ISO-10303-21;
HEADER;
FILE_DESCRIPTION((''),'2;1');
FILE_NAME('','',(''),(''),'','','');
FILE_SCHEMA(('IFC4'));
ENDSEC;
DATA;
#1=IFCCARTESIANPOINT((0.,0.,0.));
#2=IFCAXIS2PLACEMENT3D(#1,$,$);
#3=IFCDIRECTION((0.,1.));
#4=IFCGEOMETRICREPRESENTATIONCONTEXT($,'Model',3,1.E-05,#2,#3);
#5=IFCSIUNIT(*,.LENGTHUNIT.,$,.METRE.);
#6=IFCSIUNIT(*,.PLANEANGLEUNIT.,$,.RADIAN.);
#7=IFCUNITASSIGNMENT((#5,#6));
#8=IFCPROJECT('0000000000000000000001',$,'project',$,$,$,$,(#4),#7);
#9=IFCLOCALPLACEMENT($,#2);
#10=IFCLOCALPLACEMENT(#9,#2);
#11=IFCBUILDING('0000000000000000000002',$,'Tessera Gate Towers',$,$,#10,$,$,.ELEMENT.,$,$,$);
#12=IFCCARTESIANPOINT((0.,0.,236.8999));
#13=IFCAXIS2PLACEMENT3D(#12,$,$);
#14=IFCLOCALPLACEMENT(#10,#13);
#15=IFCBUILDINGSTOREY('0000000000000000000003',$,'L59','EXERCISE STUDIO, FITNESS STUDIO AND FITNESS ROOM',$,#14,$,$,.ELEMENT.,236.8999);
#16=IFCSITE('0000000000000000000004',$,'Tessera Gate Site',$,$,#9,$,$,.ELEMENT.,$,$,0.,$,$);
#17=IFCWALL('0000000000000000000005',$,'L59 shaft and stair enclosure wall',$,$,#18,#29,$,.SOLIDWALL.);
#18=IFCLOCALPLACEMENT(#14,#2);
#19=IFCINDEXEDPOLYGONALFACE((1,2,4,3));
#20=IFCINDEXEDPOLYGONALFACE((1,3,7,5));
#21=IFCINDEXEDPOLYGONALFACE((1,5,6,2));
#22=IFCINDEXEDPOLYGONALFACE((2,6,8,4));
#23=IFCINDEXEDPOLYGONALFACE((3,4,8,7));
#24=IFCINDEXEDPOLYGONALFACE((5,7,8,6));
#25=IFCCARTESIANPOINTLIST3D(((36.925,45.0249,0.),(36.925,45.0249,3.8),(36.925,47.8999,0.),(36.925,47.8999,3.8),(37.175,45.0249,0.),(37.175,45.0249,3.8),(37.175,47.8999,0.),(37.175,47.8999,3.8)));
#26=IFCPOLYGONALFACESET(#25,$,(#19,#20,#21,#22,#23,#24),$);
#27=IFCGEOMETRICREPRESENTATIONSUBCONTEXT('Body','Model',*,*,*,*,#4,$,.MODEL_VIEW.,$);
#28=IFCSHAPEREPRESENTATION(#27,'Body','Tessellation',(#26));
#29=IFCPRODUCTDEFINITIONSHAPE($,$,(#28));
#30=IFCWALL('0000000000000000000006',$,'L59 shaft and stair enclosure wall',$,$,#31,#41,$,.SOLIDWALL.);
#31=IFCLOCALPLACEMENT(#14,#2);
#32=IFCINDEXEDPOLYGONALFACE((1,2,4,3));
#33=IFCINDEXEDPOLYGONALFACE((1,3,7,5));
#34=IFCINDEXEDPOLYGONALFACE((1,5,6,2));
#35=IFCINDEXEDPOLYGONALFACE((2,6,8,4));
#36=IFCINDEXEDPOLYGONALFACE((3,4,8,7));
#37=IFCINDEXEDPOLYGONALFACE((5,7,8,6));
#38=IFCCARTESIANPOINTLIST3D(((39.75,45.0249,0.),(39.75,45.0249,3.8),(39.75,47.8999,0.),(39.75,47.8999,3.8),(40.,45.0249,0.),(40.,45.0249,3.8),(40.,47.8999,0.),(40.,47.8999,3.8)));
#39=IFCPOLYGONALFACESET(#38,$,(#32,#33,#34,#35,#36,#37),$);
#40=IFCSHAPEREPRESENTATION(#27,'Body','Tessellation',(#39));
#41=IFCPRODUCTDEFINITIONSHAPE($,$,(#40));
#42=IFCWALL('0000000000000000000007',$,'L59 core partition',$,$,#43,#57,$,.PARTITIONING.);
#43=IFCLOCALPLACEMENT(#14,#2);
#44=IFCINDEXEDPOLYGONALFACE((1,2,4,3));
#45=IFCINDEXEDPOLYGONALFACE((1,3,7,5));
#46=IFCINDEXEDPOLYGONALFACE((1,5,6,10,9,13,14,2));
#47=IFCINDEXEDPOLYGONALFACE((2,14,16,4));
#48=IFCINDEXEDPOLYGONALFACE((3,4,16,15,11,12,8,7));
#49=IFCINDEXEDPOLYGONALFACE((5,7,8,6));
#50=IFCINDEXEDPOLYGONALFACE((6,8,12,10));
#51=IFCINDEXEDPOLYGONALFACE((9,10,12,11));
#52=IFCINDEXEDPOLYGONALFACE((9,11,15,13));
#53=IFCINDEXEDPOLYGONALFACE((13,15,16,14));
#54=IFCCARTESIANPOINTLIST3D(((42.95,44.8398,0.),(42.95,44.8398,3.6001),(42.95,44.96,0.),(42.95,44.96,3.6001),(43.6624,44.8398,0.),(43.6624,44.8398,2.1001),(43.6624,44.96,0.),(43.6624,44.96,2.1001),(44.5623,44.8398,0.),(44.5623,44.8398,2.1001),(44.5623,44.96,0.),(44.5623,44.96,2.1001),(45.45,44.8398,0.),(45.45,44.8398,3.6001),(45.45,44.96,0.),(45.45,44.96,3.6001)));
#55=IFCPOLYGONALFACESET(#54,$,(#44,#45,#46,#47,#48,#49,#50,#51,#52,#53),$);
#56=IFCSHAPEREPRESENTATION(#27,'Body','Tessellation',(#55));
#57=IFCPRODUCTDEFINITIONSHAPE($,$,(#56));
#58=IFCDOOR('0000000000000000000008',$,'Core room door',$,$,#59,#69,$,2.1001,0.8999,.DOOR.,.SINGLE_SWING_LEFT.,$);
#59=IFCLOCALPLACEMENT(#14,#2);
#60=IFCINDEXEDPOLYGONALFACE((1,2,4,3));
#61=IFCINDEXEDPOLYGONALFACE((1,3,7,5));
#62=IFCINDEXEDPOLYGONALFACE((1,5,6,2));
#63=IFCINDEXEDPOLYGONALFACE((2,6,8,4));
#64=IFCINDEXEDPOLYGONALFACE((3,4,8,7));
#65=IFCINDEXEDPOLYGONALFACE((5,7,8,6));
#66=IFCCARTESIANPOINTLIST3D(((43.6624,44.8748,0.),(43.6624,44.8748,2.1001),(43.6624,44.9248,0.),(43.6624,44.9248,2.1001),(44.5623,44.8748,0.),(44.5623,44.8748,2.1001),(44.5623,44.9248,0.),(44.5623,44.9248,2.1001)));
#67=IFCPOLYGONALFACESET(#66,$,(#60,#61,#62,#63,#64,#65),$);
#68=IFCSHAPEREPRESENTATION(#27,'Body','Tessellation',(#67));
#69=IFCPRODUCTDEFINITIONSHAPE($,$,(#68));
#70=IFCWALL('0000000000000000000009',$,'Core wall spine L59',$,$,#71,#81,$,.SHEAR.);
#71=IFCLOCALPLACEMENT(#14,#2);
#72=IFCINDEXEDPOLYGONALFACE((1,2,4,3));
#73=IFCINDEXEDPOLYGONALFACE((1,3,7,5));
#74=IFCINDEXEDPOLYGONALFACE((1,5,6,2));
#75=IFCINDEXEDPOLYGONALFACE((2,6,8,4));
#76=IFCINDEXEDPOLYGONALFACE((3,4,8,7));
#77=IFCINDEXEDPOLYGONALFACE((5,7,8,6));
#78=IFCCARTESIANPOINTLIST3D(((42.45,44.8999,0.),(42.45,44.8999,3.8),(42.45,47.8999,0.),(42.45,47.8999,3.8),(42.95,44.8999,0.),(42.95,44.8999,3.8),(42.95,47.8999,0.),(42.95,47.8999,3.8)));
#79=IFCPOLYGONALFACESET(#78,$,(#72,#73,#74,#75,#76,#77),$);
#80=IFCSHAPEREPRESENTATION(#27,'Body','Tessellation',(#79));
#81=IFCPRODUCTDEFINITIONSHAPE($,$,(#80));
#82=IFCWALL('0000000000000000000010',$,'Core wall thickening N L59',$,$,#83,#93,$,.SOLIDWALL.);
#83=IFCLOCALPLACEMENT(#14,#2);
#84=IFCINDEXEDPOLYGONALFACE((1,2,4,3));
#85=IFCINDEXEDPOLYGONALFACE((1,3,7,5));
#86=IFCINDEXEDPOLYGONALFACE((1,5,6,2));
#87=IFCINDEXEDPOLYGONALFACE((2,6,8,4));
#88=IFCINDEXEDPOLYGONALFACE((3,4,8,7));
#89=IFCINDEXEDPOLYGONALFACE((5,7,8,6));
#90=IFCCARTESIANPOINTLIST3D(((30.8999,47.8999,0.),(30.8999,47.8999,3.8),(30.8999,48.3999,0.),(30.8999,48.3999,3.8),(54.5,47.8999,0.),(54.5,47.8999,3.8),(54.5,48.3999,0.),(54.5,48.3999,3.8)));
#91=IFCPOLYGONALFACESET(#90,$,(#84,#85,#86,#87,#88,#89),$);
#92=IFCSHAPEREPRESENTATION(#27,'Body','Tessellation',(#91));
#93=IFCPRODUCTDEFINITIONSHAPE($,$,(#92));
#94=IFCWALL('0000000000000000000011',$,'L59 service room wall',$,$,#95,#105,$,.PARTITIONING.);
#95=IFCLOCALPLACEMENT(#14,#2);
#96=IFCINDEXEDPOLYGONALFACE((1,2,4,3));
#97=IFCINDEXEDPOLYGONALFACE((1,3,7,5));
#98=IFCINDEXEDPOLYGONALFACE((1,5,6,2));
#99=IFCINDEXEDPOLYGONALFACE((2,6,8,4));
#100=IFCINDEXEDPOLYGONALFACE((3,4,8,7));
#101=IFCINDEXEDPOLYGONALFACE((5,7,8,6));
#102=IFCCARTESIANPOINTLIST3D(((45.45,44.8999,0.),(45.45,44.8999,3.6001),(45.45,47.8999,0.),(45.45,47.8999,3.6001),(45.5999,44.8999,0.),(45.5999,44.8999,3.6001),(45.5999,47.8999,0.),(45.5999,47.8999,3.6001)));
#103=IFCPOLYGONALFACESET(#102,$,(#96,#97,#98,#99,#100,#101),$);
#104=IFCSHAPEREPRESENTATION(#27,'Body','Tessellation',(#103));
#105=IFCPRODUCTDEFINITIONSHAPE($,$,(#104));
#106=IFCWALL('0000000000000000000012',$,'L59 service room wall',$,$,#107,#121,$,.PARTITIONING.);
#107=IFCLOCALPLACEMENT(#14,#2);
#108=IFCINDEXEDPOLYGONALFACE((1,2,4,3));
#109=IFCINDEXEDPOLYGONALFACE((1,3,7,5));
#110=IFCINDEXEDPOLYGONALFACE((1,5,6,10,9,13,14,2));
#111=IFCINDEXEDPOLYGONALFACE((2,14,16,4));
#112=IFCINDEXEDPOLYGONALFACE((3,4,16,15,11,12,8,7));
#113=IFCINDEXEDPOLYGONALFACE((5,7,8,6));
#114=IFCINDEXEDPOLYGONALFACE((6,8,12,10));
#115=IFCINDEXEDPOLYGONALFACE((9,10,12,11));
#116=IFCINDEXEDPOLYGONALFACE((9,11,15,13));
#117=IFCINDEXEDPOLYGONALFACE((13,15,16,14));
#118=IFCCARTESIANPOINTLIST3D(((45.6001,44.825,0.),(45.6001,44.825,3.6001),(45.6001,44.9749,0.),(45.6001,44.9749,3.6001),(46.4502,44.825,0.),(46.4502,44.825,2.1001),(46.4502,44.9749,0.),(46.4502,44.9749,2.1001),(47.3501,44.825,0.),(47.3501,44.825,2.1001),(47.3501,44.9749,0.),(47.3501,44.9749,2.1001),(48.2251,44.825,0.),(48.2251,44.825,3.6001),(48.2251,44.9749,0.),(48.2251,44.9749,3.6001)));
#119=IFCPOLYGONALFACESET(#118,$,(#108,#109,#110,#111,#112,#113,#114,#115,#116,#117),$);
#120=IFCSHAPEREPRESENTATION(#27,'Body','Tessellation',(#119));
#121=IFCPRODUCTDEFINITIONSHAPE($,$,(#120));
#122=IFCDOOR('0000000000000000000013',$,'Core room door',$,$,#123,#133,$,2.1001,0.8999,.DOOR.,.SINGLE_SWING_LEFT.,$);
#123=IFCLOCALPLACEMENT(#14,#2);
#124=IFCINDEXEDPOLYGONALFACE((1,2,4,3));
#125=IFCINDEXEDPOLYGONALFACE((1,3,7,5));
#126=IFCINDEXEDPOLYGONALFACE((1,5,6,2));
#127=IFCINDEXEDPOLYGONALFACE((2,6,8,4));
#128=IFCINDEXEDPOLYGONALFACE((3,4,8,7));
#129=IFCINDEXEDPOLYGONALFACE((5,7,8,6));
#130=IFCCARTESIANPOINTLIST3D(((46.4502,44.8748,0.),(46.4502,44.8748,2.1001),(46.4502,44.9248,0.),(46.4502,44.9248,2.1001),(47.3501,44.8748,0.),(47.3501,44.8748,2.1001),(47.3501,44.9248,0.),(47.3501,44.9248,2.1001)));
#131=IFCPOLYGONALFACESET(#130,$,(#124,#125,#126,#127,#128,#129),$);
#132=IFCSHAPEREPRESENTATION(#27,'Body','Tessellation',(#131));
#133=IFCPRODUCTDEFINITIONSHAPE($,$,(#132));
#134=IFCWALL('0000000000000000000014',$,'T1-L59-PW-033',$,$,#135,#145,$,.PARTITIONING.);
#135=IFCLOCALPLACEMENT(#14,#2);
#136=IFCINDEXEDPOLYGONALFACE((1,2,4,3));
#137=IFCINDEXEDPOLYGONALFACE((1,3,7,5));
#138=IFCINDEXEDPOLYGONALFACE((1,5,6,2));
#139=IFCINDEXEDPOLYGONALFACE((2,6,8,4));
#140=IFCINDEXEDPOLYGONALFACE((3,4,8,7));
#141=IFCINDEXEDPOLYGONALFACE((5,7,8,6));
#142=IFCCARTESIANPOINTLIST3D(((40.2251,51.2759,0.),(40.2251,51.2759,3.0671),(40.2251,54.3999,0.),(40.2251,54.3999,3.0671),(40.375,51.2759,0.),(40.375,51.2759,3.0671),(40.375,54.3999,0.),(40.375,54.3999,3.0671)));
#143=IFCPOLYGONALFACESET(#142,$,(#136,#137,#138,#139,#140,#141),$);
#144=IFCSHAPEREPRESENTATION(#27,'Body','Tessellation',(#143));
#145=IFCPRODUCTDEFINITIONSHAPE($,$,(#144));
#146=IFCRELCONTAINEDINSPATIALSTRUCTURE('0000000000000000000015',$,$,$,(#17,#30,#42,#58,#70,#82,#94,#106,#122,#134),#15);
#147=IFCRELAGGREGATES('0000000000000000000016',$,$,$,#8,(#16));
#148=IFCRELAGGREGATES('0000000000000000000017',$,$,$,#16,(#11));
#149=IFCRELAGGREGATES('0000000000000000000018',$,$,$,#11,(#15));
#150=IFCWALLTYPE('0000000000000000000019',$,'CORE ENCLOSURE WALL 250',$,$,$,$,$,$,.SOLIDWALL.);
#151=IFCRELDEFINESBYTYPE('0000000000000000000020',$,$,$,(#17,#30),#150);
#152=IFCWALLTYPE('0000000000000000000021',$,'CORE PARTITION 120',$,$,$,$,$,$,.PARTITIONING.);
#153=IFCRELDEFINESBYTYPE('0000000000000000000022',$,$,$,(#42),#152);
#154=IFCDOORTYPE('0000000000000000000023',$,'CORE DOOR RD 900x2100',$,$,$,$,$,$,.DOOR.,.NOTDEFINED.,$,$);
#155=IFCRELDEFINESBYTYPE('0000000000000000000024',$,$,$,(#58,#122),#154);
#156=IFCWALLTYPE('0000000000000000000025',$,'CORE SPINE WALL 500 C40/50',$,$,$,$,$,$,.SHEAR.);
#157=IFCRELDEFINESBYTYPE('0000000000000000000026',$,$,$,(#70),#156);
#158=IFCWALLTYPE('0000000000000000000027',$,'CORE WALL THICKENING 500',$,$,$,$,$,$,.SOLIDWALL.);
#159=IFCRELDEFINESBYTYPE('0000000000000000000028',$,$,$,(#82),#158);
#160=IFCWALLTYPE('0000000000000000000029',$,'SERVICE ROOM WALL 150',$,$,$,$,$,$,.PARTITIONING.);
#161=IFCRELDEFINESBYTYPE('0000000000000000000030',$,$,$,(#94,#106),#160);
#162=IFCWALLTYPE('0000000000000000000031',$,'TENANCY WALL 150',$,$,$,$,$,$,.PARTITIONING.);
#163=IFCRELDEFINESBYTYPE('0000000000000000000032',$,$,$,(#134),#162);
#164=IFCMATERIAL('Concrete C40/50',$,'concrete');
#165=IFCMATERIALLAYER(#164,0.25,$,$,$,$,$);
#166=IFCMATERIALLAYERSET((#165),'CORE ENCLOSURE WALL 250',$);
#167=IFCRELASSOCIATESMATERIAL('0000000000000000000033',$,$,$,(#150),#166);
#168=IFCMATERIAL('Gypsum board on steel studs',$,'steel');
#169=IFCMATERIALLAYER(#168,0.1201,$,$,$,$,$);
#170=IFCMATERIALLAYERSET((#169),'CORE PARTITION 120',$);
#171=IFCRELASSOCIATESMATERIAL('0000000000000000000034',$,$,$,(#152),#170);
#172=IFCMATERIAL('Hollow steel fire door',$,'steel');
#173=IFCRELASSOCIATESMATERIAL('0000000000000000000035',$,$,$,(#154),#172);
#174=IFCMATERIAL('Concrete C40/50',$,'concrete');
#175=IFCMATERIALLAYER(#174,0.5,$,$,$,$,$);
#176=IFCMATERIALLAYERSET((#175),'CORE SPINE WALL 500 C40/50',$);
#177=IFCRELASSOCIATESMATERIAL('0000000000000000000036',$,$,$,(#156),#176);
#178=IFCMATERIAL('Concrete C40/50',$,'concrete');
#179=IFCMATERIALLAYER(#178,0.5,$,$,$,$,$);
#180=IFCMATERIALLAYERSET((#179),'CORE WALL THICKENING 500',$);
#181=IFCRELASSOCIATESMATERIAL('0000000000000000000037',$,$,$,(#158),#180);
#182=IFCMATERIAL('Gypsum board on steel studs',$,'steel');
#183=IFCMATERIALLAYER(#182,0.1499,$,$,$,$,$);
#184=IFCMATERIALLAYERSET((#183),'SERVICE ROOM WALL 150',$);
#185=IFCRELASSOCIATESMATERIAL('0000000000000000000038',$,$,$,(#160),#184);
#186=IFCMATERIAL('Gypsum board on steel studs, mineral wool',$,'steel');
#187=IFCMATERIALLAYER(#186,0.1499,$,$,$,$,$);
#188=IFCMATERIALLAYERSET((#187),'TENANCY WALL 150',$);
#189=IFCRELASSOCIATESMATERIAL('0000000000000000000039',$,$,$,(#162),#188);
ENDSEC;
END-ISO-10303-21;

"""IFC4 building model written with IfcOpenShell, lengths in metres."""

from ifc_helpers import new_model, si_unit, direction, frame, frame_2d, origin, place, context, subcontext, project, spatial, rectangle, extrude, source, transform, mapped, material, layer, layer_set, type_object, element, fill, save


model = new_model("IFC4")

# Units and contexts
model_context = context("Model", 3, precision=1e-05, world=origin(), true_north=direction((0.0, 1.0)))
body_context = subcontext(model_context, "Body", "Model", "MODEL_VIEW")
ifc_project = project(units=[si_unit("LENGTHUNIT", "METRE"), si_unit("PLANEANGLEUNIT", "RADIAN")], contexts=[model_context])

# Site, building, storey
site_placement = place(None, origin())
site = spatial("IfcSite", under=ifc_project, at=site_placement, Name="Tessera Gate Site", CompositionType="ELEMENT", RefElevation=0.0)
building_placement = place(site_placement, origin())
building = spatial("IfcBuilding", under=site, at=building_placement, Name="Tessera Gate Towers", CompositionType="ELEMENT")
storey_placement = place(building_placement, frame((0.0, 0.0, 236.8999)))
storey = spatial("IfcBuildingStorey", under=building, at=storey_placement, Name="L59", Description="EXERCISE STUDIO, FITNESS STUDIO AND FITNESS ROOM", CompositionType="ELEMENT", Elevation=236.8999)

# Shared definitions
ifc_material_1 = material(Name="Concrete C40/50", Category="concrete")
ifc_layer_1 = layer(ifc_material_1, 0.25)
ifc_layer_set_1 = layer_set([ifc_layer_1], Name="CORE ENCLOSURE WALL 250")
wall_type_1 = type_object("IfcWallType", Name="CORE ENCLOSURE WALL 250", PredefinedType="SOLIDWALL", material=ifc_layer_set_1)

# Walls
for number, where, z_axis, x_axis, name in (
    (1, (37.05, 45.0249, 0.0), (0.0, 0.0, 1.0), (0.0, 1.0, 0.0), "L59 shaft and stair enclosure wall"),
    (2, (39.875, 45.0249, 0.0), (0.0, 0.0, 1.0), (0.0, 1.0, 0.0), "L59 shaft and stair enclosure wall"),
):
    element("IfcWall", number, at=place(storey_placement, frame(where, z_axis=z_axis, x_axis=x_axis)), inside=storey, type_object=wall_type_1, Name=name, PredefinedType="SOLIDWALL", context=body_context, shape_type="SweptSolid", body=[
        extrude(rectangle(XDim=2.875, YDim=0.25, at=frame_2d((1.4375, 0.0))), origin(), (0.0, 0.0, 1.0), 3.8),
    ])

# Wall, opening, door
ifc_material_2 = material(Name="Gypsum board on steel studs", Category="steel")
ifc_layer_2 = layer(ifc_material_2, 0.1201)
ifc_layer_set_2 = layer_set([ifc_layer_2], Name="CORE PARTITION 120")
wall_type_2 = type_object("IfcWallType", Name="CORE PARTITION 120", PredefinedType="PARTITIONING", material=ifc_layer_set_2)
wall_1_placement = place(storey_placement, frame((42.95, 44.8999, 0.0), z_axis=(0.0, 0.0, 1.0), x_axis=(1.0, 0.0, 0.0)))
wall_1 = element("IfcWall", 3, at=wall_1_placement, inside=storey, type_object=wall_type_2, Name="L59 core partition", PredefinedType="PARTITIONING", context=body_context, shape_type="SweptSolid", body=[
    extrude(rectangle(XDim=2.5, YDim=0.1201, at=frame_2d((1.25, 0.0))), origin(), (0.0, 0.0, 1.0), 3.6001),
])
shared_shape_1 = source(origin(), body_context, "Body", "SweptSolid", [
    extrude(rectangle(XDim=0.8999, YDim=2.1001, at=frame_2d((0.45, 1.05))), frame((0.0, 0.0701, 0.0), z_axis=(0.0, -1.0, 0.0), x_axis=(1.0, 0.0, 0.0)), (0.0, 0.0, 1.0), 0.1401),
])
opening_1_placement = place(wall_1_placement, frame((0.7124, 0.0, 0.0)))
opening_1 = element("IfcOpeningElement", 4, at=opening_1_placement, cuts=wall_1, PredefinedType="OPENING", context=body_context, shape_type="MappedRepresentation", body=[
    mapped(shared_shape_1, transform((0.0, 0.0, 0.0), scale=1.0)),
])
ifc_material_3 = material(Name="Hollow steel fire door", Category="steel")
door_type_1 = type_object("IfcDoorType", Name="CORE DOOR RD 900x2100", OperationType="NOTDEFINED", PredefinedType="DOOR", material=ifc_material_3)
shared_shape_2 = source(origin(), body_context, "Body", "SweptSolid", [
    extrude(rectangle(XDim=0.8999, YDim=2.1001, at=frame_2d((0.45, 1.05))), frame((0.0, 0.0249, 0.0), z_axis=(0.0, -1.0, 0.0), x_axis=(1.0, 0.0, 0.0)), (0.0, 0.0, 1.0), 0.05),
])
door_1_placement = place(opening_1_placement, origin())
door_1 = element("IfcDoor", 5, at=door_1_placement, inside=storey, type_object=door_type_1, Name="Core room door", OperationType="SINGLE_SWING_LEFT", OverallHeight=2.1001, OverallWidth=0.8999, PredefinedType="DOOR", context=body_context, shape_type="MappedRepresentation", body=[
    mapped(shared_shape_2, transform((0.0, 0.0, 0.0), scale=1.0)),
])
fill(opening_1, door_1)

# Walls
ifc_material_4 = material(Name="Concrete C40/50", Category="concrete")
ifc_layer_3 = layer(ifc_material_4, 0.5)
ifc_layer_set_3 = layer_set([ifc_layer_3], Name="CORE SPINE WALL 500 C40/50")
wall_type_3 = type_object("IfcWallType", Name="CORE SPINE WALL 500 C40/50", PredefinedType="SHEAR", material=ifc_layer_set_3)
wall_2_placement = place(storey_placement, frame((42.7, 44.8999, 0.0), z_axis=(0.0, 0.0, 1.0), x_axis=(0.0, 1.0, 0.0)))
element("IfcWall", 6, at=wall_2_placement, inside=storey, type_object=wall_type_3, Name="Core wall spine L59", PredefinedType="SHEAR", context=body_context, shape_type="SweptSolid", body=[
    extrude(rectangle(XDim=3.0, YDim=0.5, at=frame_2d((1.5, 0.0))), origin(), (0.0, 0.0, 1.0), 3.8),
])
ifc_material_5 = material(Name="Concrete C40/50", Category="concrete")
ifc_layer_4 = layer(ifc_material_5, 0.5)
ifc_layer_set_4 = layer_set([ifc_layer_4], Name="CORE WALL THICKENING 500")
wall_type_4 = type_object("IfcWallType", Name="CORE WALL THICKENING 500", PredefinedType="SOLIDWALL", material=ifc_layer_set_4)
wall_3_placement = place(storey_placement, frame((30.8999, 48.1499, 0.0), z_axis=(0.0, 0.0, 1.0), x_axis=(1.0, 0.0, 0.0)))
element("IfcWall", 7, at=wall_3_placement, inside=storey, type_object=wall_type_4, Name="Core wall thickening N L59", PredefinedType="SOLIDWALL", context=body_context, shape_type="SweptSolid", body=[
    extrude(rectangle(XDim=23.6001, YDim=0.5, at=frame_2d((11.8, 0.0))), origin(), (0.0, 0.0, 1.0), 3.8),
])
ifc_material_6 = material(Name="Gypsum board on steel studs", Category="steel")
ifc_layer_5 = layer(ifc_material_6, 0.1499)
ifc_layer_set_5 = layer_set([ifc_layer_5], Name="SERVICE ROOM WALL 150")
wall_type_5 = type_object("IfcWallType", Name="SERVICE ROOM WALL 150", PredefinedType="PARTITIONING", material=ifc_layer_set_5)
wall_4_placement = place(storey_placement, frame((45.5249, 44.8999, 0.0), z_axis=(0.0, 0.0, 1.0), x_axis=(0.0, 1.0, 0.0)))
element("IfcWall", 8, at=wall_4_placement, inside=storey, type_object=wall_type_5, Name="L59 service room wall", PredefinedType="PARTITIONING", context=body_context, shape_type="SweptSolid", body=[
    extrude(rectangle(XDim=3.0, YDim=0.1499, at=frame_2d((1.5, 0.0))), origin(), (0.0, 0.0, 1.0), 3.6001),
])

# Wall, opening, door
wall_5_placement = place(storey_placement, frame((45.6001, 44.8999, 0.0), z_axis=(0.0, 0.0, 1.0), x_axis=(1.0, 0.0, 0.0)))
wall_5 = element("IfcWall", 9, at=wall_5_placement, inside=storey, type_object=wall_type_5, Name="L59 service room wall", PredefinedType="PARTITIONING", context=body_context, shape_type="SweptSolid", body=[
    extrude(rectangle(XDim=2.625, YDim=0.1499, at=frame_2d((1.3125, 0.0))), origin(), (0.0, 0.0, 1.0), 3.6001),
])
shared_shape_3 = source(origin(), body_context, "Body", "SweptSolid", [
    extrude(rectangle(XDim=0.8999, YDim=2.1001, at=frame_2d((0.45, 1.05))), frame((0.0, 0.085, 0.0), z_axis=(0.0, -1.0, 0.0), x_axis=(1.0, 0.0, 0.0)), (0.0, 0.0, 1.0), 0.1699),
])
opening_2_placement = place(wall_5_placement, frame((0.8501, 0.0, 0.0)))
opening_2 = element("IfcOpeningElement", 10, at=opening_2_placement, cuts=wall_5, PredefinedType="OPENING", context=body_context, shape_type="MappedRepresentation", body=[
    mapped(shared_shape_3, transform((0.0, 0.0, 0.0), scale=1.0)),
])
door_2_placement = place(opening_2_placement, origin())
door_2 = element("IfcDoor", 11, at=door_2_placement, inside=storey, type_object=door_type_1, Name="Core room door", OperationType="SINGLE_SWING_LEFT", OverallHeight=2.1001, OverallWidth=0.8999, PredefinedType="DOOR", context=body_context, shape_type="MappedRepresentation", body=[
    mapped(shared_shape_2, transform((0.0, 0.0, 0.0), scale=1.0)),
])
fill(opening_2, door_2)

# Wall
ifc_material_7 = material(Name="Gypsum board on steel studs, mineral wool", Category="steel")
ifc_layer_6 = layer(ifc_material_7, 0.1499)
ifc_layer_set_6 = layer_set([ifc_layer_6], Name="TENANCY WALL 150")
wall_type_6 = type_object("IfcWallType", Name="TENANCY WALL 150", PredefinedType="PARTITIONING", material=ifc_layer_set_6)
wall_6_placement = place(storey_placement, frame((40.3, 51.2759, 0.0), z_axis=(0.0, 0.0, 1.0), x_axis=(0.0, 1.0, 0.0)))
element("IfcWall", 12, at=wall_6_placement, inside=storey, type_object=wall_type_6, Name="T1-L59-PW-033", PredefinedType="PARTITIONING", context=body_context, shape_type="SweptSolid", body=[
    extrude(rectangle(XDim=3.124, YDim=0.1499, at=frame_2d((1.562, 0.0))), origin(), (0.0, 0.0, 1.0), 3.0671),
])

save(model, "model.ifc")
